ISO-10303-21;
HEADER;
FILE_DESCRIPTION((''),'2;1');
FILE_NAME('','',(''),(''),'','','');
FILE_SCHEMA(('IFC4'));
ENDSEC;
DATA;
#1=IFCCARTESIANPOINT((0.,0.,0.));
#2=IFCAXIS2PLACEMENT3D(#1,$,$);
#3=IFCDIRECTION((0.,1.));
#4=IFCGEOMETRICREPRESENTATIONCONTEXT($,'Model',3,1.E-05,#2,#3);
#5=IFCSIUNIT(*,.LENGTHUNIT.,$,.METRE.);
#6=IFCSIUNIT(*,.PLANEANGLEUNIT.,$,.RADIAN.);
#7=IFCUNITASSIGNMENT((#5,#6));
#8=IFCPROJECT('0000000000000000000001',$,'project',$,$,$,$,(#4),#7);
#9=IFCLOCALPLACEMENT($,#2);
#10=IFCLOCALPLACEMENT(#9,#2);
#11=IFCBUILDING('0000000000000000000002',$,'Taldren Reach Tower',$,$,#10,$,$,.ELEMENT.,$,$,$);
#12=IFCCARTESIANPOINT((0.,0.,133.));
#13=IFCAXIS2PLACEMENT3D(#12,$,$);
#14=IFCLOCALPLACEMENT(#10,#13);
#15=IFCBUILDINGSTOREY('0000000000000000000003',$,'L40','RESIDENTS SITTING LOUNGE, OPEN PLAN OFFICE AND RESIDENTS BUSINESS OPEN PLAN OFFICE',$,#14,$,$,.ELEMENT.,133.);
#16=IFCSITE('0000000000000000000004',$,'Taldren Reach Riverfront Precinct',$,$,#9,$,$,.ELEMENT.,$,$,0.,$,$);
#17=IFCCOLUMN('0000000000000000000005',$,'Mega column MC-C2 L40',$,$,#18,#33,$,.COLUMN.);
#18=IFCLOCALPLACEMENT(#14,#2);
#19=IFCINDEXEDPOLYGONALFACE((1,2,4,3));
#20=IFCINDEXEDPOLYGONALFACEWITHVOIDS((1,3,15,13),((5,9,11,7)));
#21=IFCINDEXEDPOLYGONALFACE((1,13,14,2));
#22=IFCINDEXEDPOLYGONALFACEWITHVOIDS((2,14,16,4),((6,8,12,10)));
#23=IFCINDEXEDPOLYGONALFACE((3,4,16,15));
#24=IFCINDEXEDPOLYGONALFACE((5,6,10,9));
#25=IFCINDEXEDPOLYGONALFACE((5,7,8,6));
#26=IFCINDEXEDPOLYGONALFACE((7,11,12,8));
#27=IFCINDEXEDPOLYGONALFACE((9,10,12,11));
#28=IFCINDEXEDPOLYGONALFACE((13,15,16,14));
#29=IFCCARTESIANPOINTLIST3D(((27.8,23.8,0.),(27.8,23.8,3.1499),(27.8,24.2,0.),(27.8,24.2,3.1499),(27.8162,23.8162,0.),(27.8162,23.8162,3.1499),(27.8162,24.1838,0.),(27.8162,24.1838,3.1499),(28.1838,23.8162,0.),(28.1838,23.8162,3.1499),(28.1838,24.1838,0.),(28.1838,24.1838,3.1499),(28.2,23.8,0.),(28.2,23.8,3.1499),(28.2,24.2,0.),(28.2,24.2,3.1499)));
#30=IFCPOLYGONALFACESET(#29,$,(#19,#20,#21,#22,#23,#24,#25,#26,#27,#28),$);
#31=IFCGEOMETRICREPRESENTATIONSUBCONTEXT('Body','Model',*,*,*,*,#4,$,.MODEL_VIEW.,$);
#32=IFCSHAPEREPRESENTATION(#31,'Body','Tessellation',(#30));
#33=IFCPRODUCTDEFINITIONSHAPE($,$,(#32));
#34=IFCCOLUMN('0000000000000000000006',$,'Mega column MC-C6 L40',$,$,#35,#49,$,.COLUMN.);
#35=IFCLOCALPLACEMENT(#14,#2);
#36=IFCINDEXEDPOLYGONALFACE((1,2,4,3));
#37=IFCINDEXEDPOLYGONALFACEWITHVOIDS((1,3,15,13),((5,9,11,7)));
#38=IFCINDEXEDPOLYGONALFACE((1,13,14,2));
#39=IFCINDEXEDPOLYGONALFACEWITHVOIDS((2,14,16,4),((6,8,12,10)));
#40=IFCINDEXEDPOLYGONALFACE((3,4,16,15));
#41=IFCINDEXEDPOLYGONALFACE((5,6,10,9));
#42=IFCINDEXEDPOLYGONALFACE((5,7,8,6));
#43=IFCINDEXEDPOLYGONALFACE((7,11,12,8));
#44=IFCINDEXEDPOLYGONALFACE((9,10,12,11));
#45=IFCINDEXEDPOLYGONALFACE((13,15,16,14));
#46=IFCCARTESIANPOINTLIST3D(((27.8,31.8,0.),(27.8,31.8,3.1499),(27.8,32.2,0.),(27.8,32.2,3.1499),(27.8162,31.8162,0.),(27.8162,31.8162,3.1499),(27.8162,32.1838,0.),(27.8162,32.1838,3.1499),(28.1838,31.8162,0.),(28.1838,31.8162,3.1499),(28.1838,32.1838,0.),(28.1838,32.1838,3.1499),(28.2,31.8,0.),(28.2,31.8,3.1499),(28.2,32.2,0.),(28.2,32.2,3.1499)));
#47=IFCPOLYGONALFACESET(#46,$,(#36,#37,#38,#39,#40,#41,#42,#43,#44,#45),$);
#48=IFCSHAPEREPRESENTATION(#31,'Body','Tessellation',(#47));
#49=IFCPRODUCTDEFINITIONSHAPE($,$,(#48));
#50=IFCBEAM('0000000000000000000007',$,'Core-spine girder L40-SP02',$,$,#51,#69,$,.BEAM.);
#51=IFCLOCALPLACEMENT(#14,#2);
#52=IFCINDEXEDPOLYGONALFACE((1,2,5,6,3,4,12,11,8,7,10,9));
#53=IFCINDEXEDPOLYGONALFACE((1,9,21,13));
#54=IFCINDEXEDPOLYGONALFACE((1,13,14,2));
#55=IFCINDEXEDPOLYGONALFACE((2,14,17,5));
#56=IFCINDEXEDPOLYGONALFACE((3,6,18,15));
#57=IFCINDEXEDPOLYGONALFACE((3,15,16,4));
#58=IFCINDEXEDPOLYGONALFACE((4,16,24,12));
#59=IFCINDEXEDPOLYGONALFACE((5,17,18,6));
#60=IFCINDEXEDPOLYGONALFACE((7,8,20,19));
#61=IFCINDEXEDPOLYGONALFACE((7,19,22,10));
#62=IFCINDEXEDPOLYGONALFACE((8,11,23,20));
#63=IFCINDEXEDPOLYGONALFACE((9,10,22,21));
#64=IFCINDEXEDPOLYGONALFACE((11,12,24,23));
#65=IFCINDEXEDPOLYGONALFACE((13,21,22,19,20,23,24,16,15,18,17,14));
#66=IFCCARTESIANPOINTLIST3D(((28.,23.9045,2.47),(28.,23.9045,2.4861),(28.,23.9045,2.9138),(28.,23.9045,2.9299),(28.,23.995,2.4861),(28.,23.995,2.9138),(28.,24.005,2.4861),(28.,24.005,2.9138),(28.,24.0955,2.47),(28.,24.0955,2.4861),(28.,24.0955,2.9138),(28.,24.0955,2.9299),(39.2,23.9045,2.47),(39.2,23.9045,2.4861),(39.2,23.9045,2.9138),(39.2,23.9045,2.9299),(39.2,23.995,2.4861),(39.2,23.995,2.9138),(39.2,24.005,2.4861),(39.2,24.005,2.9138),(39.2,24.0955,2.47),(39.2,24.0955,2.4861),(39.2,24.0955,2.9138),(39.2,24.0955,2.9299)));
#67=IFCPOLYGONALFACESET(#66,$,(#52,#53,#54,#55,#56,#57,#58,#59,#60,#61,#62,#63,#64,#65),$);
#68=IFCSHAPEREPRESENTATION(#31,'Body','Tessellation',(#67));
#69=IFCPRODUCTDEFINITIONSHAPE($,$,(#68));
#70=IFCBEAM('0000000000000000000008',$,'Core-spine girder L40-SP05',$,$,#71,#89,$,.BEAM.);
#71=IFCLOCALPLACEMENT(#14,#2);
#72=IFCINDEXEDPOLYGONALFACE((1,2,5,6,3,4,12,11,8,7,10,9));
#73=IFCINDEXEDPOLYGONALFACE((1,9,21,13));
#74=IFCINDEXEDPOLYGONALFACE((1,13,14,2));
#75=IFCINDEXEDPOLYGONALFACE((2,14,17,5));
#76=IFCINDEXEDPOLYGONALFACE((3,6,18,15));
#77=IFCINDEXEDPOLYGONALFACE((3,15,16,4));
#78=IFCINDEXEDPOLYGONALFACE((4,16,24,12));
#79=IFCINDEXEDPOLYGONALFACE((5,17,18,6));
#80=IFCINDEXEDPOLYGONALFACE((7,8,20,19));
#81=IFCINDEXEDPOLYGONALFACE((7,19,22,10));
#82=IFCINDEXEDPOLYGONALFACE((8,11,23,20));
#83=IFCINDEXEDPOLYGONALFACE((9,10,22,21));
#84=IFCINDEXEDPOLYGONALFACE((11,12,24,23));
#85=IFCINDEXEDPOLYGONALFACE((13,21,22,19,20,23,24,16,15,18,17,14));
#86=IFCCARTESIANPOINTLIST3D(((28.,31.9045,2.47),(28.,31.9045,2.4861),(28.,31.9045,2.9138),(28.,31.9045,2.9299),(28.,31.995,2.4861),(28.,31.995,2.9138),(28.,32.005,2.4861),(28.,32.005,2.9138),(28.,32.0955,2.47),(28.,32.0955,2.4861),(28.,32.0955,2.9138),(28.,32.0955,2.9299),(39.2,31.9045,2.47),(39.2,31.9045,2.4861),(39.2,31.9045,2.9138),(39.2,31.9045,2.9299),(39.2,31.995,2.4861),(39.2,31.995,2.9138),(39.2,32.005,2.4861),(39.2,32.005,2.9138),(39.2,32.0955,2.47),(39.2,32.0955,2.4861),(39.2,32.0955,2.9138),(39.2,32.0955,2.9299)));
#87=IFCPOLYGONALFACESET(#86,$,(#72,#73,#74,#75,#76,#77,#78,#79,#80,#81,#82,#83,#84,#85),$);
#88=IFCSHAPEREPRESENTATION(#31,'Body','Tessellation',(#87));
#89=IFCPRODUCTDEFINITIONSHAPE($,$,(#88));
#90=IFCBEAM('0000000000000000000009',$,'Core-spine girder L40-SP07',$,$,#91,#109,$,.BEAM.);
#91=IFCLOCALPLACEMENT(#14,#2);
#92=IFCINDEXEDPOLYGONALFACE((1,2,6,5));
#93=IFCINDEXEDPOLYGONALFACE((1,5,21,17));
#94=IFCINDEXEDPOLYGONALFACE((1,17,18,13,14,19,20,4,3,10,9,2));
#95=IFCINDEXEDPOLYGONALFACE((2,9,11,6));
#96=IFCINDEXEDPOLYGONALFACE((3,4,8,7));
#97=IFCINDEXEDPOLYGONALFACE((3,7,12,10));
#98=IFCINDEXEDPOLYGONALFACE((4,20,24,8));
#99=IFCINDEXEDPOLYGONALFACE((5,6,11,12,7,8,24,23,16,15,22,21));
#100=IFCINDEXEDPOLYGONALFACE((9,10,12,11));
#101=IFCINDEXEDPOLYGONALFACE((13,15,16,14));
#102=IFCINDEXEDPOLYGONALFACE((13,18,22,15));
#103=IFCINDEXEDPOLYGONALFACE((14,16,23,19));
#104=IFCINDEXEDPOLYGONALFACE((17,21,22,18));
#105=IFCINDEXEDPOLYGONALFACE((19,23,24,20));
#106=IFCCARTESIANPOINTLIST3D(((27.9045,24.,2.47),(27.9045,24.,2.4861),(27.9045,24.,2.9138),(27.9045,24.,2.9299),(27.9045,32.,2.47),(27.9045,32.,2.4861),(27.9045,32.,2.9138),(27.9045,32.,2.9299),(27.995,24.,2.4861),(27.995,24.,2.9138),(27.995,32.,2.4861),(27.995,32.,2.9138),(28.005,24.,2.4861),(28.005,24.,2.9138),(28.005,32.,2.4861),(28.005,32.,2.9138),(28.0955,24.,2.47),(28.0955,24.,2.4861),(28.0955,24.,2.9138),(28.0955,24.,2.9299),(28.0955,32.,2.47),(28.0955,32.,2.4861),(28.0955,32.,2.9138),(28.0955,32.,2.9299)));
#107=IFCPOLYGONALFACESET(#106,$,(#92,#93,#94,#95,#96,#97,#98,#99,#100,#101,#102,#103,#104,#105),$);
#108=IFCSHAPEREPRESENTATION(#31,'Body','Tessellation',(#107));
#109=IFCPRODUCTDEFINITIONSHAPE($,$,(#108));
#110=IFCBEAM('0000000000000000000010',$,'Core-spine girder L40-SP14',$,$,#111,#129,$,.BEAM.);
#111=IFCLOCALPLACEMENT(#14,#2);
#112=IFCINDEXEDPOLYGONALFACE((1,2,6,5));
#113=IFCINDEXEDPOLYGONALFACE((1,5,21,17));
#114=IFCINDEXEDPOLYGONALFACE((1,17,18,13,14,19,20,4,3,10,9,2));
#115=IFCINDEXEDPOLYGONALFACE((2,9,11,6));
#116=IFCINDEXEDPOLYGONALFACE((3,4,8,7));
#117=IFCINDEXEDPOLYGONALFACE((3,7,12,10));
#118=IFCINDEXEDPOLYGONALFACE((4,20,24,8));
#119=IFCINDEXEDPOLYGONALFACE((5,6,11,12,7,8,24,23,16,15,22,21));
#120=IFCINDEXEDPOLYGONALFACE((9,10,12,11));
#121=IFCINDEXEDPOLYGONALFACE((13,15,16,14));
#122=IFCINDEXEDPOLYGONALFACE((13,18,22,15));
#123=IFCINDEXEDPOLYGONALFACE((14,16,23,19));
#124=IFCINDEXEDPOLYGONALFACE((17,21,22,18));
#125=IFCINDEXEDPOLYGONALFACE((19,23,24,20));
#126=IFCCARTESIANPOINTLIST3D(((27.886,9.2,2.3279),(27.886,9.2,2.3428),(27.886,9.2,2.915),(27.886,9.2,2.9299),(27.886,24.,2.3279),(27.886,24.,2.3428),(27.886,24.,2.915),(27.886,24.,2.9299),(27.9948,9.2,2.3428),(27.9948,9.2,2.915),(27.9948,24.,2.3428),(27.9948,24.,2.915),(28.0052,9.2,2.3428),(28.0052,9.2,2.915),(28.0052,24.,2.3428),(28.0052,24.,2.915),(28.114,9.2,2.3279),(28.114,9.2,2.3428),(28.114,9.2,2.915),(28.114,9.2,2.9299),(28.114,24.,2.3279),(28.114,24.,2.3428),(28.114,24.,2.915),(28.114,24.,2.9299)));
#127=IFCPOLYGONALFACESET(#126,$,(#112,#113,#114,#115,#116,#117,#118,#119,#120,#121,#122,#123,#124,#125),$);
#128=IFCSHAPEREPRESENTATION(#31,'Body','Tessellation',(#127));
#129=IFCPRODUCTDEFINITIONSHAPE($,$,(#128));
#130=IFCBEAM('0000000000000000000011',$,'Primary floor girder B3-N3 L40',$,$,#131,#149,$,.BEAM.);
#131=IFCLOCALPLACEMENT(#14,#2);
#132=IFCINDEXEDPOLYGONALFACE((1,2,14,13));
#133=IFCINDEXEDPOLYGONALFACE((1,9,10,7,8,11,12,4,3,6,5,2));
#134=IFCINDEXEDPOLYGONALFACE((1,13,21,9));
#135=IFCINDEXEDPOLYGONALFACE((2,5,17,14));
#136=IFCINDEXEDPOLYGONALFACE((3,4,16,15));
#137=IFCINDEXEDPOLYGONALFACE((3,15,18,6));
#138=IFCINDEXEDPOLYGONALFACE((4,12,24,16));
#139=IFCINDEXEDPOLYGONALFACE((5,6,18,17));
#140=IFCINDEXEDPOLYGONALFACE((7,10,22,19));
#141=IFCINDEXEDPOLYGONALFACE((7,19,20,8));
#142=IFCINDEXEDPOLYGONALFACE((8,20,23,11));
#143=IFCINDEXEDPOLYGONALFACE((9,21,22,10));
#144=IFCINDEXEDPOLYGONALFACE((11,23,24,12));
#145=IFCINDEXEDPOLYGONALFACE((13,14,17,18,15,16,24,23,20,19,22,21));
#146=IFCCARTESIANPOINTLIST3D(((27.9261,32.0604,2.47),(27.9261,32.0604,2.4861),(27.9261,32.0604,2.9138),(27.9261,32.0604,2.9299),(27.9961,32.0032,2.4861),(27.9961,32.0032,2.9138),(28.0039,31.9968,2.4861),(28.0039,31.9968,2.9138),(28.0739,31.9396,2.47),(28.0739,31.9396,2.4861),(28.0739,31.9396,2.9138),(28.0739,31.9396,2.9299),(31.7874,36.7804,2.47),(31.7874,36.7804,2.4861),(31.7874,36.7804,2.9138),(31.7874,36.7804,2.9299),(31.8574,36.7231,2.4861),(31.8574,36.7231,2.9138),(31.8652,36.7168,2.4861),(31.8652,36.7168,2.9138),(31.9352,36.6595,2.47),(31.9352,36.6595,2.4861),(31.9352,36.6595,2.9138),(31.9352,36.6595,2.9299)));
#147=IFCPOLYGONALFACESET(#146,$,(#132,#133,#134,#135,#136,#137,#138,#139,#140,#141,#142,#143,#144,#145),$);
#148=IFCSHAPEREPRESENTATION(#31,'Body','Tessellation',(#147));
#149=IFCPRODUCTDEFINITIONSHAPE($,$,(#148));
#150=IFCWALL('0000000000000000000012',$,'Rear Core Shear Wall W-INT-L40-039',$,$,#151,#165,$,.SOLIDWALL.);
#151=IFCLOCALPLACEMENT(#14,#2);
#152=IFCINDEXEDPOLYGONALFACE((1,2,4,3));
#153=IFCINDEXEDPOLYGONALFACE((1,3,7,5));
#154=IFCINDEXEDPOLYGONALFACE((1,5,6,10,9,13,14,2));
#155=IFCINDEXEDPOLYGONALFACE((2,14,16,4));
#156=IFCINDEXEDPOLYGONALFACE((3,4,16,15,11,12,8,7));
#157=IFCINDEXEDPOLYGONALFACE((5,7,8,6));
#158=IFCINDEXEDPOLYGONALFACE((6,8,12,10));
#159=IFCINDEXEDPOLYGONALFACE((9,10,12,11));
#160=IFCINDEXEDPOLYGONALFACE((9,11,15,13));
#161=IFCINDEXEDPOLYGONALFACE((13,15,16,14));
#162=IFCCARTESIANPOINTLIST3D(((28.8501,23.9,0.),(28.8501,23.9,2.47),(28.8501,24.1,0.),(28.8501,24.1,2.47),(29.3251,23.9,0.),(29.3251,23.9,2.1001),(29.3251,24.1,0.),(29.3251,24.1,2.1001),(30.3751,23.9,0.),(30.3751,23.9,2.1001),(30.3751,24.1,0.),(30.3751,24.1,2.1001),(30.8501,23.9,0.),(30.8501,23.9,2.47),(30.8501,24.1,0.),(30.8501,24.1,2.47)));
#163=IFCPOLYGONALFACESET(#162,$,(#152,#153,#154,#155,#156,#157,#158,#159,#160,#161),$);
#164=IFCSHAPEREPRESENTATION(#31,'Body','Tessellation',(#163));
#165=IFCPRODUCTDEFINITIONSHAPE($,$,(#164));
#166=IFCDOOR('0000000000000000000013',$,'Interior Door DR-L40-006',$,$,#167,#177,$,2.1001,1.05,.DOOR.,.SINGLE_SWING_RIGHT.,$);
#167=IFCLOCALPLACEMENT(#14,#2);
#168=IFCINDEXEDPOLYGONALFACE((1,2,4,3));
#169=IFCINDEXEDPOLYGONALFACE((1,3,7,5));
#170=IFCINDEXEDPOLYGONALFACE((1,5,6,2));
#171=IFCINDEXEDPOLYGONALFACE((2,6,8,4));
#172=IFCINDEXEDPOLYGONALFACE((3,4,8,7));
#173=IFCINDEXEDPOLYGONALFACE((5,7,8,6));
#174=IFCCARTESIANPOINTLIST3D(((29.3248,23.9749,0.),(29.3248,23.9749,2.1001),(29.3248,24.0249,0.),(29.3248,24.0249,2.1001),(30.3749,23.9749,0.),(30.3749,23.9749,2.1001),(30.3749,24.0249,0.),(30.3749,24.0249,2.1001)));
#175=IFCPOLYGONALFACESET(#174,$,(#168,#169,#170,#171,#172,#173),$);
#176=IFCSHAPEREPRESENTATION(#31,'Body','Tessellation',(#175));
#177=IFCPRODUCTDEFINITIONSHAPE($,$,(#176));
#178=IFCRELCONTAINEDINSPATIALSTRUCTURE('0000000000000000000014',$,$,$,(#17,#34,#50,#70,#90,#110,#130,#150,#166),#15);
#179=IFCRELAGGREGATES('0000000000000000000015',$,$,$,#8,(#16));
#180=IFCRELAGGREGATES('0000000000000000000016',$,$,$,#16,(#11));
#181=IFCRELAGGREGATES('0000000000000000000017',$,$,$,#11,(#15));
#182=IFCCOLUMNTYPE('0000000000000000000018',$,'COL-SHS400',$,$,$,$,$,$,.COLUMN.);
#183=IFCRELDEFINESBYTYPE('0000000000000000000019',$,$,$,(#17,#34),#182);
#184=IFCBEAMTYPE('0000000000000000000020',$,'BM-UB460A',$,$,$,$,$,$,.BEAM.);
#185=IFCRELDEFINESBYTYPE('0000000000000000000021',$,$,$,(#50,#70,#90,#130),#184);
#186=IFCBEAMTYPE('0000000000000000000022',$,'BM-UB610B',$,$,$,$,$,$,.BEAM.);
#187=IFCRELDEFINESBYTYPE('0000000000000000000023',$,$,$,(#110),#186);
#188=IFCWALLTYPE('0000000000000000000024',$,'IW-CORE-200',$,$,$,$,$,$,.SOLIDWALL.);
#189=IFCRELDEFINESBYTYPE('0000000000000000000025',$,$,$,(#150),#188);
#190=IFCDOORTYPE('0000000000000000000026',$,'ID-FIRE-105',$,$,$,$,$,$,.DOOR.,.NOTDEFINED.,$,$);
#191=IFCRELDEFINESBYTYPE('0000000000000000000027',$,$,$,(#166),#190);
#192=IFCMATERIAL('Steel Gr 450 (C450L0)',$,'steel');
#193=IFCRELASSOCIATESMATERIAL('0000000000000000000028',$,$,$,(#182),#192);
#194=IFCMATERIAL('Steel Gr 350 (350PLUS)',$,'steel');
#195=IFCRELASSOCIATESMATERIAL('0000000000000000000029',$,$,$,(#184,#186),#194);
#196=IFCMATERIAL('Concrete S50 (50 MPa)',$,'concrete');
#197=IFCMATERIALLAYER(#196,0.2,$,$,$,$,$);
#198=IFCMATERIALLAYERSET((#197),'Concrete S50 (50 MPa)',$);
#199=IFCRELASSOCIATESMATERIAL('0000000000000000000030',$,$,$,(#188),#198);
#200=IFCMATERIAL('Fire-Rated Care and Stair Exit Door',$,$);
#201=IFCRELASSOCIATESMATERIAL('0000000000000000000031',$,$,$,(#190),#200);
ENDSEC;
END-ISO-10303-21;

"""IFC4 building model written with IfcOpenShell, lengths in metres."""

from ifc_helpers import new_model, si_unit, direction, frame, frame_2d, origin, origin_2d, place, context, subcontext, project, spatial, rectangle, hollow_rectangle, i_section, extrude, source, transform, mapped, material, layer, layer_set, material_profile, profile_set, type_object, element, fill, save


model = new_model("IFC4")

# Units and contexts
model_context = context("Model", 3, precision=1e-05, world=origin(), true_north=direction((0.0, 1.0)))
body_context = subcontext(model_context, "Body", "Model", "MODEL_VIEW")
ifc_project = project(units=[si_unit("LENGTHUNIT", "METRE"), si_unit("PLANEANGLEUNIT", "RADIAN")], contexts=[model_context])

# Site, building, storey
site_placement = place(None, origin())
site = spatial("IfcSite", under=ifc_project, at=site_placement, Name="Taldren Reach Riverfront Precinct", CompositionType="ELEMENT", RefElevation=0.0)
building_placement = place(site_placement, origin())
building = spatial("IfcBuilding", under=site, at=building_placement, Name="Taldren Reach Tower", CompositionType="ELEMENT")
storey_placement = place(building_placement, frame((0.0, 0.0, 133.0)))
storey = spatial("IfcBuildingStorey", under=building, at=storey_placement, Name="L40", Description="RESIDENTS SITTING LOUNGE, OPEN PLAN OFFICE AND RESIDENTS BUSINESS OPEN PLAN OFFICE", CompositionType="ELEMENT", Elevation=133.0)

# Columns
ifc_material_1 = material(Name="Steel Gr 450 (C450L0)", Category="steel")
ifc_material_profile_1 = material_profile(ifc_material_1, hollow_rectangle(XDim=0.3999, YDim=0.3999, WallThickness=0.0161, at=origin_2d()), Name="400x400x16.0SHS")
ifc_profile_set_1 = profile_set([ifc_material_profile_1], Name="Steel Gr 450 (C450L0)")
column_type = type_object("IfcColumnType", Name="COL-SHS400", PredefinedType="COLUMN", material=ifc_profile_set_1)
shared_shape_1 = source(origin(), body_context, "Body", "SweptSolid", [
    extrude(hollow_rectangle(XDim=0.3999, YDim=0.3999, WallThickness=0.0161, at=origin_2d()), origin(), (0.0, 0.0, 1.0), 3.1499),
])
for number, where, z_axis, x_axis, name in (
    (1, (28.0, 24.0, 0.0), (0.0, 0.0, 1.0), (1.0, 0.0, 0.0), "Mega column MC-C2 L40"),
    (2, (28.0, 32.0, 0.0), (0.0, 0.0, 1.0), (1.0, 0.0, 0.0), "Mega column MC-C6 L40"),
):
    element("IfcColumn", number, at=place(storey_placement, frame(where, z_axis=z_axis, x_axis=x_axis)), inside=storey, type_object=column_type, Name=name, PredefinedType="COLUMN", context=body_context, shape_type="MappedRepresentation", body=[
        mapped(shared_shape_1, transform((0.0, 0.0, 0.0), scale=1.0)),
    ])

# Beams
ifc_material_2 = material(Name="Steel Gr 350 (350PLUS)", Category="steel")
ifc_material_profile_2 = material_profile(ifc_material_2, i_section(OverallWidth=0.1909, OverallDepth=0.46, WebThickness=0.01, FlangeThickness=0.0161, at=origin_2d()), Name="460UB82.1")
ifc_profile_set_2 = profile_set([ifc_material_profile_2], Name="Steel Gr 350 (350PLUS)")
beam_type_1 = type_object("IfcBeamType", Name="BM-UB460A", PredefinedType="BEAM", material=ifc_profile_set_2)
shared_shape_2 = source(origin(), body_context, "Body", "SweptSolid", [
    extrude(i_section(OverallWidth=0.1909, OverallDepth=0.46, WebThickness=0.01, FlangeThickness=0.0161, at=origin_2d()), origin(), (0.0, 0.0, 1.0), 11.2),
])
for number, where, z_axis, x_axis, name in (
    (3, (28.0, 24.0, 2.7), (1.0, 0.0, 0.0), (0.0, 1.0, 0.0), "Core-spine girder L40-SP02"),
    (4, (28.0, 32.0, 2.7), (1.0, 0.0, 0.0), (0.0, 1.0, 0.0), "Core-spine girder L40-SP05"),
):
    element("IfcBeam", number, at=place(storey_placement, frame(where, z_axis=z_axis, x_axis=x_axis)), inside=storey, type_object=beam_type_1, Name=name, PredefinedType="BEAM", context=body_context, shape_type="MappedRepresentation", body=[
        mapped(shared_shape_2, transform((0.0, 0.0, 0.0), scale=1.0)),
    ])
shared_shape_3 = source(origin(), body_context, "Body", "SweptSolid", [
    extrude(i_section(OverallWidth=0.1909, OverallDepth=0.46, WebThickness=0.01, FlangeThickness=0.0161, at=origin_2d()), origin(), (0.0, 0.0, 1.0), 8.0),
])
beam_1_placement = place(storey_placement, frame((28.0, 24.0, 2.7), z_axis=(0.0, 1.0, 0.0), x_axis=(-1.0, 0.0, 0.0)))
element("IfcBeam", 5, at=beam_1_placement, inside=storey, type_object=beam_type_1, Name="Core-spine girder L40-SP07", PredefinedType="BEAM", context=body_context, shape_type="MappedRepresentation", body=[
    mapped(shared_shape_3, transform((0.0, 0.0, 0.0), scale=1.0)),
])
ifc_material_profile_3 = material_profile(ifc_material_2, i_section(OverallWidth=0.228, OverallDepth=0.6021, WebThickness=0.0105, FlangeThickness=0.0149, at=origin_2d()), Name="610UB101")
ifc_profile_set_3 = profile_set([ifc_material_profile_3], Name="Steel Gr 350 (350PLUS)")
beam_type_2 = type_object("IfcBeamType", Name="BM-UB610B", PredefinedType="BEAM", material=ifc_profile_set_3)
shared_shape_4 = source(origin(), body_context, "Body", "SweptSolid", [
    extrude(i_section(OverallWidth=0.228, OverallDepth=0.6021, WebThickness=0.0105, FlangeThickness=0.0149, at=origin_2d()), origin(), (0.0, 0.0, 1.0), 14.8),
])
beam_2_placement = place(storey_placement, frame((28.0, 24.0, 2.6289), z_axis=(0.0, -1.0, 0.0), x_axis=(1.0, 0.0, 0.0)))
element("IfcBeam", 6, at=beam_2_placement, inside=storey, type_object=beam_type_2, Name="Core-spine girder L40-SP14", PredefinedType="BEAM", context=body_context, shape_type="MappedRepresentation", body=[
    mapped(shared_shape_4, transform((0.0, 0.0, 0.0), scale=1.0)),
])
shared_shape_5 = source(origin(), body_context, "Body", "SweptSolid", [
    extrude(i_section(OverallWidth=0.1909, OverallDepth=0.46, WebThickness=0.01, FlangeThickness=0.0161, at=origin_2d()), origin(), (0.0, 0.0, 1.0), 6.0981),
])
beam_3_placement = place(storey_placement, frame((28.0, 32.0, 2.7), z_axis=(0.633192, 0.773995, 0.0), x_axis=(-0.773995, 0.633192, 0.0)))
element("IfcBeam", 7, at=beam_3_placement, inside=storey, type_object=beam_type_1, Name="Primary floor girder B3-N3 L40", PredefinedType="BEAM", context=body_context, shape_type="MappedRepresentation", body=[
    mapped(shared_shape_5, transform((0.0, 0.0, 0.0), scale=1.0)),
])

# Wall, opening, door
ifc_material_3 = material(Name="Concrete S50 (50 MPa)", Category="concrete")
ifc_layer_1 = layer(ifc_material_3, 0.2)
ifc_layer_set_1 = layer_set([ifc_layer_1], Name="Concrete S50 (50 MPa)")
wall_type_1 = type_object("IfcWallType", Name="IW-CORE-200", PredefinedType="SOLIDWALL", material=ifc_layer_set_1)
shared_shape_6 = source(origin(), body_context, "Body", "SweptSolid", [
    extrude(rectangle(XDim=2.0, YDim=0.2, at=frame_2d((1.0, 0.0))), origin(), (0.0, 0.0, 1.0), 2.47),
])
wall_1_placement = place(storey_placement, frame((30.8501, 24.0, 0.0), z_axis=(0.0, 0.0, 1.0), x_axis=(-1.0, 0.0, 0.0)))
wall_1 = element("IfcWall", 8, at=wall_1_placement, inside=storey, type_object=wall_type_1, Name="Rear Core Shear Wall W-INT-L40-039", PredefinedType="SOLIDWALL", context=body_context, shape_type="MappedRepresentation", body=[
    mapped(shared_shape_6, transform((0.0, 0.0, 0.0), scale=1.0)),
])
shared_shape_7 = source(origin(), body_context, "Body", "SweptSolid", [
    extrude(rectangle(XDim=1.05, YDim=2.1001, at=frame_2d((0.5249, 1.05))), frame((0.0, 0.1099, 0.0), z_axis=(0.0, -1.0, 0.0), x_axis=(1.0, 0.0, 0.0)), (0.0, 0.0, 1.0), 0.22),
])
opening_1_placement = place(wall_1_placement, frame((0.4751, 0.0, 0.0)))
opening_1 = element("IfcOpeningElement", 9, at=opening_1_placement, cuts=wall_1, PredefinedType="OPENING", context=body_context, shape_type="MappedRepresentation", body=[
    mapped(shared_shape_7, transform((0.0, 0.0, 0.0), scale=1.0)),
])
ifc_material_4 = material(Name="Fire-Rated Care and Stair Exit Door")
door_type_1 = type_object("IfcDoorType", Name="ID-FIRE-105", OperationType="NOTDEFINED", PredefinedType="DOOR", material=ifc_material_4)
shared_shape_8 = source(origin(), body_context, "Body", "SweptSolid", [
    extrude(rectangle(XDim=1.05, YDim=2.1001, at=frame_2d((0.5249, 1.05))), frame((0.0, 0.0249, 0.0), z_axis=(0.0, -1.0, 0.0), x_axis=(1.0, 0.0, 0.0)), (0.0, 0.0, 1.0), 0.05),
])
door_1_placement = place(opening_1_placement, frame((1.05, 0.0, 0.0), z_axis=(0.0, 0.0, 1.0), x_axis=(-1.0, 0.0, 0.0)))
door_1 = element("IfcDoor", 10, at=door_1_placement, inside=storey, type_object=door_type_1, Name="Interior Door DR-L40-006", OperationType="SINGLE_SWING_RIGHT", OverallHeight=2.1001, OverallWidth=1.05, PredefinedType="DOOR", context=body_context, shape_type="MappedRepresentation", body=[
    mapped(shared_shape_8, transform((0.0, 0.0, 0.0), scale=1.0)),
])
fill(opening_1, door_1)

save(model, "model.ifc")
